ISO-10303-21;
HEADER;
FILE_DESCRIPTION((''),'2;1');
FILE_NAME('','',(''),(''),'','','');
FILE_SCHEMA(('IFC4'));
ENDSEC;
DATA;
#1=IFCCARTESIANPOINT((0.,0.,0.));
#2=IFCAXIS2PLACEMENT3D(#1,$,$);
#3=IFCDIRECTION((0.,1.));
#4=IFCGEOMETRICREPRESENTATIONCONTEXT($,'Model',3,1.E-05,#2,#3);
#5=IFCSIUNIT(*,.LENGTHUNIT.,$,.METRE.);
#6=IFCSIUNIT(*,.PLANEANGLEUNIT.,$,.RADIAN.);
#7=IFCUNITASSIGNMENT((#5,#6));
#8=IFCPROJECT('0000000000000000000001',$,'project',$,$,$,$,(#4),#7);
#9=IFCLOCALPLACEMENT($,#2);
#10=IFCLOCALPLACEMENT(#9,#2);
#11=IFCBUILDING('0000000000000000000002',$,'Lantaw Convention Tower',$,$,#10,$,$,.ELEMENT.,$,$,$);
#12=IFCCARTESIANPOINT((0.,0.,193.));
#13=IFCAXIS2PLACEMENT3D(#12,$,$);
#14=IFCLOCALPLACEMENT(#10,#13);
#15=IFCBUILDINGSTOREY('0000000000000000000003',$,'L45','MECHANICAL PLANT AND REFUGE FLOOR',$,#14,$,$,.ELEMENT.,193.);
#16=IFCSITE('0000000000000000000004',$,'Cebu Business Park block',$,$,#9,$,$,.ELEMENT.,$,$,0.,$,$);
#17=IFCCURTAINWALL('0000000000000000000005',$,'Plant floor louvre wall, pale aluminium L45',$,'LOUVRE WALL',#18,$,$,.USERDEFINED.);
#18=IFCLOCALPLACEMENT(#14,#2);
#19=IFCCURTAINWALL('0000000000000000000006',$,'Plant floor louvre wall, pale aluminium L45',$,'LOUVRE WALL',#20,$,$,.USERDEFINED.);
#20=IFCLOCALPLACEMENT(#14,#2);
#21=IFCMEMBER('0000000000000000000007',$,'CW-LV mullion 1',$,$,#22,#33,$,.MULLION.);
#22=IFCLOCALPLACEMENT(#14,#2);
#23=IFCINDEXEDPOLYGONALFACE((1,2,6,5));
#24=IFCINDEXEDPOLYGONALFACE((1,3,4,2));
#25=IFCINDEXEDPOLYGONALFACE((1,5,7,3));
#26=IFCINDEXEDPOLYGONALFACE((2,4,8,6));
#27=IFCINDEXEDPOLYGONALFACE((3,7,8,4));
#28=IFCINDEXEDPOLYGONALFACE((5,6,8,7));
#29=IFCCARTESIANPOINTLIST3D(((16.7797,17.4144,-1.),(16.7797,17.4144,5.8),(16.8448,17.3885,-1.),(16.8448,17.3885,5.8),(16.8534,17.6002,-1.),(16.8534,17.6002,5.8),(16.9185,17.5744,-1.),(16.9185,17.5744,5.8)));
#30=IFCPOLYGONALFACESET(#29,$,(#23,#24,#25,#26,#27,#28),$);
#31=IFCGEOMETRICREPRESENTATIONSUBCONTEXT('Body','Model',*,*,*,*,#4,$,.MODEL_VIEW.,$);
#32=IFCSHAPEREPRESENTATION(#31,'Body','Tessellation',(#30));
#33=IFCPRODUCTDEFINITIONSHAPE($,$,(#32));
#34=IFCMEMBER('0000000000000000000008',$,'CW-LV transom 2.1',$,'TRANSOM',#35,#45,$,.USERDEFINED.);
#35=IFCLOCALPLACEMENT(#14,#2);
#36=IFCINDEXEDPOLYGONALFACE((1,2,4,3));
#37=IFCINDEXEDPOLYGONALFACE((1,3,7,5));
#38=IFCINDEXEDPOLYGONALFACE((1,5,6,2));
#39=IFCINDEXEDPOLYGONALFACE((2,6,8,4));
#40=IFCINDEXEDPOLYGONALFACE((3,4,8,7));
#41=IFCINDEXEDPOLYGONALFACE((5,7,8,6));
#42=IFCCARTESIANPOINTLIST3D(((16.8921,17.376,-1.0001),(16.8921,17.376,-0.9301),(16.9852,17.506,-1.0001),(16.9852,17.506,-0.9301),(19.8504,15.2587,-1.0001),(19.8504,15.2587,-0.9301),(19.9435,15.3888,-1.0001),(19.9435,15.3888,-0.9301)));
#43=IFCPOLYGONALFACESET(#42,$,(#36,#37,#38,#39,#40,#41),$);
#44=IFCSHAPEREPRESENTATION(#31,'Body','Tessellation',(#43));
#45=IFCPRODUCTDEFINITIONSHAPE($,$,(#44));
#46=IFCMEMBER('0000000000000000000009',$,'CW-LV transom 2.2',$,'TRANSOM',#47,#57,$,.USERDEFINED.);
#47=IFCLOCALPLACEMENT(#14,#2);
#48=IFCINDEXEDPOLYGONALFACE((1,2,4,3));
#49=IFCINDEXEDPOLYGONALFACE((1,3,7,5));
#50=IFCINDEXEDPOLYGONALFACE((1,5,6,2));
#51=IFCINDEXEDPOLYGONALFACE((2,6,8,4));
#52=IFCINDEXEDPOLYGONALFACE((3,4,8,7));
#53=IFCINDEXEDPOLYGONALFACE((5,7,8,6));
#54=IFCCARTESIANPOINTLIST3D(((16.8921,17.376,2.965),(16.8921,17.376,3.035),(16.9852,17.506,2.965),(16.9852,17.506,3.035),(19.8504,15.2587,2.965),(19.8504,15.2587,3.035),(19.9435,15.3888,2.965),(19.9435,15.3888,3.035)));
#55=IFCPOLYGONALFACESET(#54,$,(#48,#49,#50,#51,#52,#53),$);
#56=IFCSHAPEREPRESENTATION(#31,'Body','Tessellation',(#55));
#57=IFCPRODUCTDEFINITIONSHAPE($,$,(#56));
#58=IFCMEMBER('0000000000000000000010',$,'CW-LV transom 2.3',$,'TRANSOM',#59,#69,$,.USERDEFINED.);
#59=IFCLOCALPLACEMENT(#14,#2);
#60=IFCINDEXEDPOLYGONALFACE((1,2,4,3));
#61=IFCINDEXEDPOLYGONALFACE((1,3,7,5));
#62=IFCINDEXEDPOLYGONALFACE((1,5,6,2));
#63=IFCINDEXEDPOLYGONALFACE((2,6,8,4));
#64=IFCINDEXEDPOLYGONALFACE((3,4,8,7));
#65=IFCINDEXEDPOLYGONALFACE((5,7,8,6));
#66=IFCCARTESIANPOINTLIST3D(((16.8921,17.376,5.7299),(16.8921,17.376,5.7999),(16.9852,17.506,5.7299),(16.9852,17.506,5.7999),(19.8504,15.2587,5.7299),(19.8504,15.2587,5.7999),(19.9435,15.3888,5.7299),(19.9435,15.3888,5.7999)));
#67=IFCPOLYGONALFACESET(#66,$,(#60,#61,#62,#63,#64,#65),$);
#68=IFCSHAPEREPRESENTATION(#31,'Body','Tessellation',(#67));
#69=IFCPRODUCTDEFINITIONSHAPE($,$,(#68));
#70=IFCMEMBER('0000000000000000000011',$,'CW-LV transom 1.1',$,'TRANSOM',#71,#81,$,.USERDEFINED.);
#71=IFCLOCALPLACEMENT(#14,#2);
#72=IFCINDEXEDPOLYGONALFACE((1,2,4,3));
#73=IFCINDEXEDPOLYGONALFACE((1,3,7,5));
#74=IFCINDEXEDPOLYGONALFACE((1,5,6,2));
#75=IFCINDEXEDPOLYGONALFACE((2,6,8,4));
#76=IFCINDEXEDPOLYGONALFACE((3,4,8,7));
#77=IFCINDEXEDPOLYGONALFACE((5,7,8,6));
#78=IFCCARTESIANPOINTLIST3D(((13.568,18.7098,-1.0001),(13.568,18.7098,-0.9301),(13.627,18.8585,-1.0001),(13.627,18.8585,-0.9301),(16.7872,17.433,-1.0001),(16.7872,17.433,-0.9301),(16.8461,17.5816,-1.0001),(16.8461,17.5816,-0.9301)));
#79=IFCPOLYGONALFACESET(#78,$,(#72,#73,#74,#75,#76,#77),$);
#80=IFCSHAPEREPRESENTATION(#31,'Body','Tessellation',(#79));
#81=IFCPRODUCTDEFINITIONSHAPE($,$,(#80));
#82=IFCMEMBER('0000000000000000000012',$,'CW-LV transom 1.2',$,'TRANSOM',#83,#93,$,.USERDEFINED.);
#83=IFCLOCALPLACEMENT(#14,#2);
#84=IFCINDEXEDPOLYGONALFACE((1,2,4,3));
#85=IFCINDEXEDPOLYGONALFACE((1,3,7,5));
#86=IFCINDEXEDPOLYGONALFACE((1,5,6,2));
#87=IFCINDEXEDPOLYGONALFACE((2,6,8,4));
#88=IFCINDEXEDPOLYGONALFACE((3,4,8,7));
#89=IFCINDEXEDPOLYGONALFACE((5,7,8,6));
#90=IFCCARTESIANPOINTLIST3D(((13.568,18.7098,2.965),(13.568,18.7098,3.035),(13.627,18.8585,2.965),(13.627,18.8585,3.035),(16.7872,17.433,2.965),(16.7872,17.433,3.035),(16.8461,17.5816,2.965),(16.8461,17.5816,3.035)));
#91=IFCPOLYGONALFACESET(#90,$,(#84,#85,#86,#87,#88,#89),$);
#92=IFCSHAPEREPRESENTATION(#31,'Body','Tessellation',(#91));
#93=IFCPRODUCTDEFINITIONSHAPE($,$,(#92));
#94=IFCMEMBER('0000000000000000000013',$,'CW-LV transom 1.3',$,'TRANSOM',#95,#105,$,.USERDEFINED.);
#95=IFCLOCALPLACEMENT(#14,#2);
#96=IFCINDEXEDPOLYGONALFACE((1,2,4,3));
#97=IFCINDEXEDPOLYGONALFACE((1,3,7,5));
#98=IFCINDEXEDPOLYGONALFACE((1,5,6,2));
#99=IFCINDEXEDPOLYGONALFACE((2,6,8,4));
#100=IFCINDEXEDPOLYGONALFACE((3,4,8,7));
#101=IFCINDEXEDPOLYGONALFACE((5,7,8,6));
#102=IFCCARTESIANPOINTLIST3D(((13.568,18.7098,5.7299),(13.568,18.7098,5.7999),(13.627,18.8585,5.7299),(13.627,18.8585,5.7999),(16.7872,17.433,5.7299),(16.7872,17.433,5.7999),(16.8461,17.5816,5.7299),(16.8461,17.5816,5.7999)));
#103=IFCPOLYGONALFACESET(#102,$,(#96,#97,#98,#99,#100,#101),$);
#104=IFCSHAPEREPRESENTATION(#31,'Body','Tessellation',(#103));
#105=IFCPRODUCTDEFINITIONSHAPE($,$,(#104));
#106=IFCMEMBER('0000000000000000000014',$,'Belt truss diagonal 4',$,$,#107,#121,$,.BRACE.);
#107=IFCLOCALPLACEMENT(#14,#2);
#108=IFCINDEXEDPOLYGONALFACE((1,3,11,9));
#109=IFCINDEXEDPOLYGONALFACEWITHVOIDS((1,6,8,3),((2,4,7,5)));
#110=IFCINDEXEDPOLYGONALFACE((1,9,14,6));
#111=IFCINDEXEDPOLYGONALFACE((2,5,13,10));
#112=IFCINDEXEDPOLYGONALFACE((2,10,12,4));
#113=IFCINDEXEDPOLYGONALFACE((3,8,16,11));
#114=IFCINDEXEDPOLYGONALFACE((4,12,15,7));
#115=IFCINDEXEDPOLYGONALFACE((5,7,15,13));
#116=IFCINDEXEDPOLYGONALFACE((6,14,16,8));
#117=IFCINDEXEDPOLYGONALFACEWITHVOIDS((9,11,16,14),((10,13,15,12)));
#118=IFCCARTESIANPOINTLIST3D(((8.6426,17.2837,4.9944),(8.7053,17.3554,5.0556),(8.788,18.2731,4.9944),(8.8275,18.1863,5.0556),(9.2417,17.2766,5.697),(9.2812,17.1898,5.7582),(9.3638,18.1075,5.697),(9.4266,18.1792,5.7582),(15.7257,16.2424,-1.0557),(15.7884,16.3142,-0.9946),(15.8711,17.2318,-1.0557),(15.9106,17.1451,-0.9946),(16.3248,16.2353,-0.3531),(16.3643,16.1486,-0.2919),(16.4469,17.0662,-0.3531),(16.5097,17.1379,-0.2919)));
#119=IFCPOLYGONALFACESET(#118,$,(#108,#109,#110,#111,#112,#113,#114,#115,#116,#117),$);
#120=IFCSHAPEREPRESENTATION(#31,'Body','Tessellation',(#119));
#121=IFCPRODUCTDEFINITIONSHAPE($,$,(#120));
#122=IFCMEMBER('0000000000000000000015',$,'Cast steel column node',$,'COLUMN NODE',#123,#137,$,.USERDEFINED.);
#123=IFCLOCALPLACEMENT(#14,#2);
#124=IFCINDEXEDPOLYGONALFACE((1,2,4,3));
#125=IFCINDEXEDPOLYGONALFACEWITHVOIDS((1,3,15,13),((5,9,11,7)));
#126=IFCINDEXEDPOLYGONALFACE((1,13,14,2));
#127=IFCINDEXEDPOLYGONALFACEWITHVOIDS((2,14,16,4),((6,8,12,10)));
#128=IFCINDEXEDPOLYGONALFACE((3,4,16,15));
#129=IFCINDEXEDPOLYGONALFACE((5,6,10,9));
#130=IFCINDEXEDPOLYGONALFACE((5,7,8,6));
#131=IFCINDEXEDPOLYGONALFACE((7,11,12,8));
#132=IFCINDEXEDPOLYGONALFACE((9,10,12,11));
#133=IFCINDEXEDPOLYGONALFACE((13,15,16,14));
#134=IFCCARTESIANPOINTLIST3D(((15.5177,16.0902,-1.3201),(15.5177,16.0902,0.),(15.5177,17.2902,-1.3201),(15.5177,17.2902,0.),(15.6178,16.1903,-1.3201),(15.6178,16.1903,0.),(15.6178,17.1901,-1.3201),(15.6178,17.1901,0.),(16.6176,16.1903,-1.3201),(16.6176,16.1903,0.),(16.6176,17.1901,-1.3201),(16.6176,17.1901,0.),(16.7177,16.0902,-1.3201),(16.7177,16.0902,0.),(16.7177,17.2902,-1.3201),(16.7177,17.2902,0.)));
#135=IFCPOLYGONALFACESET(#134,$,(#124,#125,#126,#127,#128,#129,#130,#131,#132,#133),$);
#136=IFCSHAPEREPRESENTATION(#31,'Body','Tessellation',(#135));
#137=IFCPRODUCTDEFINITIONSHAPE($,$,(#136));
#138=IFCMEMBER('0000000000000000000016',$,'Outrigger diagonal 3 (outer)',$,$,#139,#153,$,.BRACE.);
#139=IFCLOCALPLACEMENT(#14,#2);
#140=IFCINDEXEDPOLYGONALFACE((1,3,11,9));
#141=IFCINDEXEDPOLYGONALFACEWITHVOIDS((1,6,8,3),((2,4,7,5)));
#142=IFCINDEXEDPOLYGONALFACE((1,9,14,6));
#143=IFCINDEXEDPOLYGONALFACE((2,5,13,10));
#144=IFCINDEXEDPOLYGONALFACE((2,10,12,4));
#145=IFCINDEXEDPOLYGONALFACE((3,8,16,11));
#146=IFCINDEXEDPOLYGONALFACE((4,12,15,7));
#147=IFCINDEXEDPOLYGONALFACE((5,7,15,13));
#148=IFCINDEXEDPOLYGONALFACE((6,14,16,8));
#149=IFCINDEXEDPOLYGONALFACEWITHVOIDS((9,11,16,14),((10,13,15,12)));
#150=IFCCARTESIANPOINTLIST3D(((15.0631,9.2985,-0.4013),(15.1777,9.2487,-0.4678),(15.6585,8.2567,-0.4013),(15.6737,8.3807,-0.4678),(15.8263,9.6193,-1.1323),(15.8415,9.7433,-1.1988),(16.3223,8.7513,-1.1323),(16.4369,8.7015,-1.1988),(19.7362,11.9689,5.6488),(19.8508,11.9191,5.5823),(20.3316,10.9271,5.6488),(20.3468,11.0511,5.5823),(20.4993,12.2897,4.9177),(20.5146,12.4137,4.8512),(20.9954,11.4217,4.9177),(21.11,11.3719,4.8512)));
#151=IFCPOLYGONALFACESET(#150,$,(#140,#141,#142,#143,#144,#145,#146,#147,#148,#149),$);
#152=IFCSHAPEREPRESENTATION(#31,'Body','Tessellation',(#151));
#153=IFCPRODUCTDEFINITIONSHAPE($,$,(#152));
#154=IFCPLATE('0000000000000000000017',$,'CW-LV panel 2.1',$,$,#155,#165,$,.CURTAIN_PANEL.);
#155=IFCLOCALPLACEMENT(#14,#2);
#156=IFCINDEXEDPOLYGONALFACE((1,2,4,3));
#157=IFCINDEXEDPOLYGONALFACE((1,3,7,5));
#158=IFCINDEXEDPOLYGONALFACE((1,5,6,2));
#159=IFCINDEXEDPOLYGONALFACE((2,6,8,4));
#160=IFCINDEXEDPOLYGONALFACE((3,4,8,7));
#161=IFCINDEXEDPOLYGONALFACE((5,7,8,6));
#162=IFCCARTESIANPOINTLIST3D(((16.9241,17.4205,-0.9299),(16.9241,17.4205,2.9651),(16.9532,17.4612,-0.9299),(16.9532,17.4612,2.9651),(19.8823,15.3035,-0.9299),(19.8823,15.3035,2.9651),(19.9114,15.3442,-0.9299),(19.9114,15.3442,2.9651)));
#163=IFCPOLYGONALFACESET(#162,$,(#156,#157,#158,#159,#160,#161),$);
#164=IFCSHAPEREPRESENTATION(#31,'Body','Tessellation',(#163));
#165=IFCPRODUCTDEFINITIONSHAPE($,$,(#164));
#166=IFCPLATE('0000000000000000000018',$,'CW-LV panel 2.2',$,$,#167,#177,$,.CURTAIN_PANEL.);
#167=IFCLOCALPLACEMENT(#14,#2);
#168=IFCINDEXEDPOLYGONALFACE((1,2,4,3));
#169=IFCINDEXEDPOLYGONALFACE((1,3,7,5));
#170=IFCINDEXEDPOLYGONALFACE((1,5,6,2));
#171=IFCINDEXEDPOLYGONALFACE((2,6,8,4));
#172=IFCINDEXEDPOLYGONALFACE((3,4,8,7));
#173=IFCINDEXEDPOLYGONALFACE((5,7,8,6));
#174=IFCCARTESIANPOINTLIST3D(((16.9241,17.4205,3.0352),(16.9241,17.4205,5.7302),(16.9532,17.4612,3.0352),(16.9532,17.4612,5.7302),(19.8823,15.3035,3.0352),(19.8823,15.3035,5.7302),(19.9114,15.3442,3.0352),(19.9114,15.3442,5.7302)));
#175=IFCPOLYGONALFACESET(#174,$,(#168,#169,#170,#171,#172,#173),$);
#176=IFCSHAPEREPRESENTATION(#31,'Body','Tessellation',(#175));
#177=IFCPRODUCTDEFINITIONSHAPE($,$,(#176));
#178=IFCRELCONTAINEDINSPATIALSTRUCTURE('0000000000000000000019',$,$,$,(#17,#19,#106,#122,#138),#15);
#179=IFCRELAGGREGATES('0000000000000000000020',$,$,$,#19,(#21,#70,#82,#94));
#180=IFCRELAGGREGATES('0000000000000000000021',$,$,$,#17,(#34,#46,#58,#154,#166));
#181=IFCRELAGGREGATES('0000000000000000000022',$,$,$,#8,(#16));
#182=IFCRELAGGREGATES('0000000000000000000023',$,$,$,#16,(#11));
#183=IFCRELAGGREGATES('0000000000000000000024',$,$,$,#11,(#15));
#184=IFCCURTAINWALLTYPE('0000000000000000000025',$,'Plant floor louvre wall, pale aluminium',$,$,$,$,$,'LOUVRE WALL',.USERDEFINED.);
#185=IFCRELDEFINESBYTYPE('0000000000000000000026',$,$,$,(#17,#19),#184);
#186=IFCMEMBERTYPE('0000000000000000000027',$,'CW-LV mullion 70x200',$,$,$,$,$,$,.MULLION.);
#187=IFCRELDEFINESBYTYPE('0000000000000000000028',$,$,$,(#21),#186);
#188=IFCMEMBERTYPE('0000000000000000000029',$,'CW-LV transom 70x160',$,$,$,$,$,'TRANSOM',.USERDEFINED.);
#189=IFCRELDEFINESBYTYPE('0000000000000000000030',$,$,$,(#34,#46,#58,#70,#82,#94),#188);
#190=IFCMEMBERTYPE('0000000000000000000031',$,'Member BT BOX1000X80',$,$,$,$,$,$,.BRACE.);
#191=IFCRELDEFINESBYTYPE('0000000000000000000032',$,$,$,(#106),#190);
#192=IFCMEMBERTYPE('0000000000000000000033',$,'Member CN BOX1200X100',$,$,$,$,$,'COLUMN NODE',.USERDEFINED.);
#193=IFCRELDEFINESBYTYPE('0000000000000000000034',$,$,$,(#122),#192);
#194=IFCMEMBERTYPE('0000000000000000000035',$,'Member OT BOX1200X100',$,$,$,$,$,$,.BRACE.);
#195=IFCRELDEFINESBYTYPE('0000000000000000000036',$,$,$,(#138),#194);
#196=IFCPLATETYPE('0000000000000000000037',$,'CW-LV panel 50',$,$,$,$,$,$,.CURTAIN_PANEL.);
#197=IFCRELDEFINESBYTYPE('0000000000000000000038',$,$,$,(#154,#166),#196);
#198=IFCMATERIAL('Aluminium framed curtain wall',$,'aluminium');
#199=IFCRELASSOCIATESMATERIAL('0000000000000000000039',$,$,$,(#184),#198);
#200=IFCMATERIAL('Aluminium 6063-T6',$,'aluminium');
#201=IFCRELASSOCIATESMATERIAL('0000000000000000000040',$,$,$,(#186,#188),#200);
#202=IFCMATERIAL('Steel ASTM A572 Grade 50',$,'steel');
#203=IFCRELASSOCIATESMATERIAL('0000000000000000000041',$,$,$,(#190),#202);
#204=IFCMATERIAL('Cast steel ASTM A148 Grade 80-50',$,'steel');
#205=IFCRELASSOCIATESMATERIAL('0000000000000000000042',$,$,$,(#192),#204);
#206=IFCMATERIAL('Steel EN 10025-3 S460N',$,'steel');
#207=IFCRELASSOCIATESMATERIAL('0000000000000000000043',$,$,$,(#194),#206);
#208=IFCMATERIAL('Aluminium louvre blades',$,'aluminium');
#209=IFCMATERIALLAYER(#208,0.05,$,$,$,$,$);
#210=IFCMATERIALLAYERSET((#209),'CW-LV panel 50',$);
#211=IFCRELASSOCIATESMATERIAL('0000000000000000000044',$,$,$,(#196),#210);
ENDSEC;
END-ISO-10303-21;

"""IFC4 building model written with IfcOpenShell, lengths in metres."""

from ifc_helpers import new_model, si_unit, direction, frame, origin, origin_2d, place, context, subcontext, project, spatial, rectangle, hollow_rectangle, extrude, material, layer, layer_set, material_profile, profile_set, type_object, element, aggregate, save


model = new_model("IFC4")

# Units and contexts
model_context = context("Model", 3, precision=1e-05, world=origin(), true_north=direction((0.0, 1.0)))
body_context = subcontext(model_context, "Body", "Model", "MODEL_VIEW")
ifc_project = project(units=[si_unit("LENGTHUNIT", "METRE"), si_unit("PLANEANGLEUNIT", "RADIAN")], contexts=[model_context])

# Site, building, storey
site_placement = place(None, origin())
site = spatial("IfcSite", under=ifc_project, at=site_placement, Name="Cebu Business Park block", CompositionType="ELEMENT", RefElevation=0.0)
building_placement = place(site_placement, origin())
building = spatial("IfcBuilding", under=site, at=building_placement, Name="Lantaw Convention Tower", CompositionType="ELEMENT")
storey_placement = place(building_placement, frame((0.0, 0.0, 193.0)))
storey = spatial("IfcBuildingStorey", under=building, at=storey_placement, Name="L45", Description="MECHANICAL PLANT AND REFUGE FLOOR", CompositionType="ELEMENT", Elevation=193.0)

# Shared definitions
ifc_material_1 = material(Name="Steel EN 10025-3 S460N", Category="steel")

# Curtain wall
ifc_material_2 = material(Name="Aluminium framed curtain wall", Category="aluminium")
curtain_wall_type = type_object("IfcCurtainWallType", Name="Plant floor louvre wall, pale aluminium", ElementType="LOUVRE WALL", PredefinedType="USERDEFINED", material=ifc_material_2)
curtain_wall_1_placement = place(storey_placement, origin())
curtain_wall_1 = element("IfcCurtainWall", 1, at=curtain_wall_1_placement, inside=storey, type_object=curtain_wall_type, Name="Plant floor louvre wall, pale aluminium L45", ObjectType="LOUVRE WALL", PredefinedType="USERDEFINED")
ifc_material_3 = material(Name="Aluminium 6063-T6", Category="aluminium")
ifc_material_profile_1 = material_profile(ifc_material_3, rectangle(XDim=0.2, YDim=0.0701, at=origin_2d()), Name="CW-LV mullion 70x200")
ifc_profile_set_1 = profile_set([ifc_material_profile_1], Name="Aluminium 6063-T6")
member_type_1 = type_object("IfcMemberType", Name="CW-LV mullion 70x200", PredefinedType="MULLION", material=ifc_profile_set_1)

# Curtain wall, member
curtain_wall_2_placement = place(storey_placement, origin())
curtain_wall_2 = element("IfcCurtainWall", 2, at=curtain_wall_2_placement, inside=storey, type_object=curtain_wall_type, Name="Plant floor louvre wall, pale aluminium L45", ObjectType="LOUVRE WALL", PredefinedType="USERDEFINED")
member_1_placement = place(storey_placement, frame((16.8491, 17.4944, -1.0), z_axis=(0.0, 0.0, 1.0), x_axis=(-0.368702, -0.929548, 0.0)))
member_1 = element("IfcMember", 3, at=member_1_placement, type_object=member_type_1, Name="CW-LV mullion 1", PredefinedType="MULLION", context=body_context, shape_type="SweptSolid", body=[
    extrude(rectangle(XDim=0.2, YDim=0.0701, at=origin_2d()), origin(), (0.0, 0.0, 1.0), 6.8),
])

# Members
ifc_material_profile_2 = material_profile(ifc_material_3, rectangle(XDim=0.1599, YDim=0.0701, at=origin_2d()), Name="CW-LV transom 70x160")
ifc_profile_set_2 = profile_set([ifc_material_profile_2], Name="Aluminium 6063-T6")
member_type_2 = type_object("IfcMemberType", Name="CW-LV transom 70x160", ElementType="TRANSOM", PredefinedType="USERDEFINED", material=ifc_profile_set_2)
member_2_placement = place(storey_placement, frame((19.897, 15.3237, -0.9651), z_axis=(-0.813194, 0.581993, 0.0), x_axis=(-0.581993, -0.813194, 0.0)))
member_2 = element("IfcMember", 4, at=member_2_placement, type_object=member_type_2, Name="CW-LV transom 2.1", ObjectType="TRANSOM", PredefinedType="USERDEFINED", context=body_context, shape_type="SweptSolid", body=[
    extrude(rectangle(XDim=0.1599, YDim=0.0701, at=origin_2d()), origin(), (0.0, 0.0, 1.0), 3.6379),
])
member_3_placement = place(storey_placement, frame((19.897, 15.3237, 3.0), z_axis=(-0.813194, 0.581993, 0.0), x_axis=(-0.581993, -0.813194, 0.0)))
member_3 = element("IfcMember", 5, at=member_3_placement, type_object=member_type_2, Name="CW-LV transom 2.2", ObjectType="TRANSOM", PredefinedType="USERDEFINED", context=body_context, shape_type="SweptSolid", body=[
    extrude(rectangle(XDim=0.1599, YDim=0.0701, at=origin_2d()), origin(), (0.0, 0.0, 1.0), 3.6379),
])
member_4_placement = place(storey_placement, frame((19.897, 15.3237, 5.7649), z_axis=(-0.813194, 0.581993, 0.0), x_axis=(-0.581993, -0.813194, 0.0)))
member_4 = element("IfcMember", 6, at=member_4_placement, type_object=member_type_2, Name="CW-LV transom 2.3", ObjectType="TRANSOM", PredefinedType="USERDEFINED", context=body_context, shape_type="SweptSolid", body=[
    extrude(rectangle(XDim=0.1599, YDim=0.0701, at=origin_2d()), origin(), (0.0, 0.0, 1.0), 3.6379),
])
member_5_placement = place(storey_placement, frame((16.8167, 17.5073, -0.9651), z_axis=(-0.929552, 0.368691, 0.0), x_axis=(-0.368691, -0.929552, 0.0)))
member_5 = element("IfcMember", 7, at=member_5_placement, type_object=member_type_2, Name="CW-LV transom 1.1", ObjectType="TRANSOM", PredefinedType="USERDEFINED", context=body_context, shape_type="SweptSolid", body=[
    extrude(rectangle(XDim=0.1599, YDim=0.0701, at=origin_2d()), origin(), (0.0, 0.0, 1.0), 3.4631),
])
member_6_placement = place(storey_placement, frame((16.8167, 17.5073, 3.0), z_axis=(-0.929552, 0.368691, 0.0), x_axis=(-0.368691, -0.929552, 0.0)))
member_6 = element("IfcMember", 8, at=member_6_placement, type_object=member_type_2, Name="CW-LV transom 1.2", ObjectType="TRANSOM", PredefinedType="USERDEFINED", context=body_context, shape_type="SweptSolid", body=[
    extrude(rectangle(XDim=0.1599, YDim=0.0701, at=origin_2d()), origin(), (0.0, 0.0, 1.0), 3.4631),
])
member_7_placement = place(storey_placement, frame((16.8167, 17.5073, 5.7649), z_axis=(-0.929552, 0.368691, 0.0), x_axis=(-0.368691, -0.929552, 0.0)))
member_7 = element("IfcMember", 9, at=member_7_placement, type_object=member_type_2, Name="CW-LV transom 1.3", ObjectType="TRANSOM", PredefinedType="USERDEFINED", context=body_context, shape_type="SweptSolid", body=[
    extrude(rectangle(XDim=0.1599, YDim=0.0701, at=origin_2d()), origin(), (0.0, 0.0, 1.0), 3.4631),
])
aggregate(curtain_wall_2, [member_1, member_5, member_6, member_7])

# Members
ifc_material_4 = material(Name="Steel ASTM A572 Grade 50", Category="steel")
ifc_material_profile_3 = material_profile(ifc_material_4, hollow_rectangle(XDim=1.0, YDim=1.0, WallThickness=0.0801, at=origin_2d()), Name="BOX1000X80")
ifc_profile_set_3 = profile_set([ifc_material_profile_3], Name="Steel ASTM A572 Grade 50")
member_type_3 = type_object("IfcMemberType", Name="Member BT BOX1000X80", PredefinedType="BRACE", material=ifc_profile_set_3)
member_8_placement = place(storey_placement, frame((16.1177, 16.6902, -0.6738), z_axis=(-0.755668, 0.111089, 0.645465), x_axis=(-0.145445, -0.989366, 0.0)))
element("IfcMember", 10, at=member_8_placement, inside=storey, type_object=member_type_3, Name="Belt truss diagonal 4", PredefinedType="BRACE", context=body_context, shape_type="SweptSolid", body=[
    extrude(hollow_rectangle(XDim=1.0, YDim=1.0, WallThickness=0.0801, at=origin_2d()), origin(), (0.0, 0.0, 1.0), 9.3733),
])
ifc_material_5 = material(Name="Cast steel ASTM A148 Grade 80-50", Category="steel")
ifc_material_profile_4 = material_profile(ifc_material_5, hollow_rectangle(XDim=1.2, YDim=1.2, WallThickness=0.1001, at=origin_2d()), Name="BOX1200X100")
ifc_profile_set_4 = profile_set([ifc_material_profile_4], Name="Cast steel ASTM A148 Grade 80-50")
member_type_4 = type_object("IfcMemberType", Name="Member CN BOX1200X100", ElementType="COLUMN NODE", PredefinedType="USERDEFINED", material=ifc_profile_set_4)
member_9_placement = place(storey_placement, frame((16.1177, 16.6902, -1.3201), z_axis=(0.0, 0.0, 1.0), x_axis=(1.0, 0.0, 0.0)))
element("IfcMember", 11, at=member_9_placement, inside=storey, type_object=member_type_4, Name="Cast steel column node", ObjectType="COLUMN NODE", PredefinedType="USERDEFINED", context=body_context, shape_type="SweptSolid", body=[
    extrude(hollow_rectangle(XDim=1.2, YDim=1.2, WallThickness=0.1001, at=origin_2d()), origin(), (0.0, 0.0, 1.0), 1.3201),
])
ifc_material_profile_5 = material_profile(ifc_material_1, hollow_rectangle(XDim=1.2, YDim=1.2, WallThickness=0.1001, at=origin_2d()), Name="BOX1200X100")
ifc_profile_set_5 = profile_set([ifc_material_profile_5], Name="Steel EN 10025-3 S460N")
member_type_5 = type_object("IfcMemberType", Name="Member OT BOX1200X100", PredefinedType="BRACE", material=ifc_profile_set_5)
member_10_placement = place(storey_placement, frame((15.75, 9.0, -0.8), z_axis=(0.577093, 0.329776, 0.747136), x_axis=(-0.496149, 0.868238, 0.0)))
element("IfcMember", 12, at=member_10_placement, inside=storey, type_object=member_type_5, Name="Outrigger diagonal 3 (outer)", PredefinedType="BRACE", context=body_context, shape_type="SweptSolid", body=[
    extrude(hollow_rectangle(XDim=1.2, YDim=1.2, WallThickness=0.1001, at=origin_2d()), origin(), (0.0, 0.0, 1.0), 8.0977),
])

# Plates
ifc_material_6 = material(Name="Aluminium louvre blades", Category="aluminium")
ifc_layer_1 = layer(ifc_material_6, 0.05)
ifc_layer_set_1 = layer_set([ifc_layer_1], Name="CW-LV panel 50")
plate_type_1 = type_object("IfcPlateType", Name="CW-LV panel 50", PredefinedType="CURTAIN_PANEL", material=ifc_layer_set_1)
plate_1_placement = place(storey_placement, frame((18.4177, 16.3823, -0.9299), z_axis=(0.0, 0.0, 1.0), x_axis=(-0.813208, 0.581973, 0.0)))
plate_1 = element("IfcPlate", 13, at=plate_1_placement, type_object=plate_type_1, Name="CW-LV panel 2.1", PredefinedType="CURTAIN_PANEL", context=body_context, shape_type="SweptSolid", body=[
    extrude(rectangle(XDim=3.6377, YDim=0.05, at=origin_2d()), origin(), (0.0, 0.0, 1.0), 3.895),
])
plate_2_placement = place(storey_placement, frame((18.4177, 16.3823, 3.0352), z_axis=(0.0, 0.0, 1.0), x_axis=(-0.813208, 0.581973, 0.0)))
plate_2 = element("IfcPlate", 14, at=plate_2_placement, type_object=plate_type_1, Name="CW-LV panel 2.2", PredefinedType="CURTAIN_PANEL", context=body_context, shape_type="SweptSolid", body=[
    extrude(rectangle(XDim=3.6377, YDim=0.05, at=origin_2d()), origin(), (0.0, 0.0, 1.0), 2.6951),
])
aggregate(curtain_wall_1, [member_2, member_3, member_4, plate_1, plate_2])

save(model, "model.ifc")
